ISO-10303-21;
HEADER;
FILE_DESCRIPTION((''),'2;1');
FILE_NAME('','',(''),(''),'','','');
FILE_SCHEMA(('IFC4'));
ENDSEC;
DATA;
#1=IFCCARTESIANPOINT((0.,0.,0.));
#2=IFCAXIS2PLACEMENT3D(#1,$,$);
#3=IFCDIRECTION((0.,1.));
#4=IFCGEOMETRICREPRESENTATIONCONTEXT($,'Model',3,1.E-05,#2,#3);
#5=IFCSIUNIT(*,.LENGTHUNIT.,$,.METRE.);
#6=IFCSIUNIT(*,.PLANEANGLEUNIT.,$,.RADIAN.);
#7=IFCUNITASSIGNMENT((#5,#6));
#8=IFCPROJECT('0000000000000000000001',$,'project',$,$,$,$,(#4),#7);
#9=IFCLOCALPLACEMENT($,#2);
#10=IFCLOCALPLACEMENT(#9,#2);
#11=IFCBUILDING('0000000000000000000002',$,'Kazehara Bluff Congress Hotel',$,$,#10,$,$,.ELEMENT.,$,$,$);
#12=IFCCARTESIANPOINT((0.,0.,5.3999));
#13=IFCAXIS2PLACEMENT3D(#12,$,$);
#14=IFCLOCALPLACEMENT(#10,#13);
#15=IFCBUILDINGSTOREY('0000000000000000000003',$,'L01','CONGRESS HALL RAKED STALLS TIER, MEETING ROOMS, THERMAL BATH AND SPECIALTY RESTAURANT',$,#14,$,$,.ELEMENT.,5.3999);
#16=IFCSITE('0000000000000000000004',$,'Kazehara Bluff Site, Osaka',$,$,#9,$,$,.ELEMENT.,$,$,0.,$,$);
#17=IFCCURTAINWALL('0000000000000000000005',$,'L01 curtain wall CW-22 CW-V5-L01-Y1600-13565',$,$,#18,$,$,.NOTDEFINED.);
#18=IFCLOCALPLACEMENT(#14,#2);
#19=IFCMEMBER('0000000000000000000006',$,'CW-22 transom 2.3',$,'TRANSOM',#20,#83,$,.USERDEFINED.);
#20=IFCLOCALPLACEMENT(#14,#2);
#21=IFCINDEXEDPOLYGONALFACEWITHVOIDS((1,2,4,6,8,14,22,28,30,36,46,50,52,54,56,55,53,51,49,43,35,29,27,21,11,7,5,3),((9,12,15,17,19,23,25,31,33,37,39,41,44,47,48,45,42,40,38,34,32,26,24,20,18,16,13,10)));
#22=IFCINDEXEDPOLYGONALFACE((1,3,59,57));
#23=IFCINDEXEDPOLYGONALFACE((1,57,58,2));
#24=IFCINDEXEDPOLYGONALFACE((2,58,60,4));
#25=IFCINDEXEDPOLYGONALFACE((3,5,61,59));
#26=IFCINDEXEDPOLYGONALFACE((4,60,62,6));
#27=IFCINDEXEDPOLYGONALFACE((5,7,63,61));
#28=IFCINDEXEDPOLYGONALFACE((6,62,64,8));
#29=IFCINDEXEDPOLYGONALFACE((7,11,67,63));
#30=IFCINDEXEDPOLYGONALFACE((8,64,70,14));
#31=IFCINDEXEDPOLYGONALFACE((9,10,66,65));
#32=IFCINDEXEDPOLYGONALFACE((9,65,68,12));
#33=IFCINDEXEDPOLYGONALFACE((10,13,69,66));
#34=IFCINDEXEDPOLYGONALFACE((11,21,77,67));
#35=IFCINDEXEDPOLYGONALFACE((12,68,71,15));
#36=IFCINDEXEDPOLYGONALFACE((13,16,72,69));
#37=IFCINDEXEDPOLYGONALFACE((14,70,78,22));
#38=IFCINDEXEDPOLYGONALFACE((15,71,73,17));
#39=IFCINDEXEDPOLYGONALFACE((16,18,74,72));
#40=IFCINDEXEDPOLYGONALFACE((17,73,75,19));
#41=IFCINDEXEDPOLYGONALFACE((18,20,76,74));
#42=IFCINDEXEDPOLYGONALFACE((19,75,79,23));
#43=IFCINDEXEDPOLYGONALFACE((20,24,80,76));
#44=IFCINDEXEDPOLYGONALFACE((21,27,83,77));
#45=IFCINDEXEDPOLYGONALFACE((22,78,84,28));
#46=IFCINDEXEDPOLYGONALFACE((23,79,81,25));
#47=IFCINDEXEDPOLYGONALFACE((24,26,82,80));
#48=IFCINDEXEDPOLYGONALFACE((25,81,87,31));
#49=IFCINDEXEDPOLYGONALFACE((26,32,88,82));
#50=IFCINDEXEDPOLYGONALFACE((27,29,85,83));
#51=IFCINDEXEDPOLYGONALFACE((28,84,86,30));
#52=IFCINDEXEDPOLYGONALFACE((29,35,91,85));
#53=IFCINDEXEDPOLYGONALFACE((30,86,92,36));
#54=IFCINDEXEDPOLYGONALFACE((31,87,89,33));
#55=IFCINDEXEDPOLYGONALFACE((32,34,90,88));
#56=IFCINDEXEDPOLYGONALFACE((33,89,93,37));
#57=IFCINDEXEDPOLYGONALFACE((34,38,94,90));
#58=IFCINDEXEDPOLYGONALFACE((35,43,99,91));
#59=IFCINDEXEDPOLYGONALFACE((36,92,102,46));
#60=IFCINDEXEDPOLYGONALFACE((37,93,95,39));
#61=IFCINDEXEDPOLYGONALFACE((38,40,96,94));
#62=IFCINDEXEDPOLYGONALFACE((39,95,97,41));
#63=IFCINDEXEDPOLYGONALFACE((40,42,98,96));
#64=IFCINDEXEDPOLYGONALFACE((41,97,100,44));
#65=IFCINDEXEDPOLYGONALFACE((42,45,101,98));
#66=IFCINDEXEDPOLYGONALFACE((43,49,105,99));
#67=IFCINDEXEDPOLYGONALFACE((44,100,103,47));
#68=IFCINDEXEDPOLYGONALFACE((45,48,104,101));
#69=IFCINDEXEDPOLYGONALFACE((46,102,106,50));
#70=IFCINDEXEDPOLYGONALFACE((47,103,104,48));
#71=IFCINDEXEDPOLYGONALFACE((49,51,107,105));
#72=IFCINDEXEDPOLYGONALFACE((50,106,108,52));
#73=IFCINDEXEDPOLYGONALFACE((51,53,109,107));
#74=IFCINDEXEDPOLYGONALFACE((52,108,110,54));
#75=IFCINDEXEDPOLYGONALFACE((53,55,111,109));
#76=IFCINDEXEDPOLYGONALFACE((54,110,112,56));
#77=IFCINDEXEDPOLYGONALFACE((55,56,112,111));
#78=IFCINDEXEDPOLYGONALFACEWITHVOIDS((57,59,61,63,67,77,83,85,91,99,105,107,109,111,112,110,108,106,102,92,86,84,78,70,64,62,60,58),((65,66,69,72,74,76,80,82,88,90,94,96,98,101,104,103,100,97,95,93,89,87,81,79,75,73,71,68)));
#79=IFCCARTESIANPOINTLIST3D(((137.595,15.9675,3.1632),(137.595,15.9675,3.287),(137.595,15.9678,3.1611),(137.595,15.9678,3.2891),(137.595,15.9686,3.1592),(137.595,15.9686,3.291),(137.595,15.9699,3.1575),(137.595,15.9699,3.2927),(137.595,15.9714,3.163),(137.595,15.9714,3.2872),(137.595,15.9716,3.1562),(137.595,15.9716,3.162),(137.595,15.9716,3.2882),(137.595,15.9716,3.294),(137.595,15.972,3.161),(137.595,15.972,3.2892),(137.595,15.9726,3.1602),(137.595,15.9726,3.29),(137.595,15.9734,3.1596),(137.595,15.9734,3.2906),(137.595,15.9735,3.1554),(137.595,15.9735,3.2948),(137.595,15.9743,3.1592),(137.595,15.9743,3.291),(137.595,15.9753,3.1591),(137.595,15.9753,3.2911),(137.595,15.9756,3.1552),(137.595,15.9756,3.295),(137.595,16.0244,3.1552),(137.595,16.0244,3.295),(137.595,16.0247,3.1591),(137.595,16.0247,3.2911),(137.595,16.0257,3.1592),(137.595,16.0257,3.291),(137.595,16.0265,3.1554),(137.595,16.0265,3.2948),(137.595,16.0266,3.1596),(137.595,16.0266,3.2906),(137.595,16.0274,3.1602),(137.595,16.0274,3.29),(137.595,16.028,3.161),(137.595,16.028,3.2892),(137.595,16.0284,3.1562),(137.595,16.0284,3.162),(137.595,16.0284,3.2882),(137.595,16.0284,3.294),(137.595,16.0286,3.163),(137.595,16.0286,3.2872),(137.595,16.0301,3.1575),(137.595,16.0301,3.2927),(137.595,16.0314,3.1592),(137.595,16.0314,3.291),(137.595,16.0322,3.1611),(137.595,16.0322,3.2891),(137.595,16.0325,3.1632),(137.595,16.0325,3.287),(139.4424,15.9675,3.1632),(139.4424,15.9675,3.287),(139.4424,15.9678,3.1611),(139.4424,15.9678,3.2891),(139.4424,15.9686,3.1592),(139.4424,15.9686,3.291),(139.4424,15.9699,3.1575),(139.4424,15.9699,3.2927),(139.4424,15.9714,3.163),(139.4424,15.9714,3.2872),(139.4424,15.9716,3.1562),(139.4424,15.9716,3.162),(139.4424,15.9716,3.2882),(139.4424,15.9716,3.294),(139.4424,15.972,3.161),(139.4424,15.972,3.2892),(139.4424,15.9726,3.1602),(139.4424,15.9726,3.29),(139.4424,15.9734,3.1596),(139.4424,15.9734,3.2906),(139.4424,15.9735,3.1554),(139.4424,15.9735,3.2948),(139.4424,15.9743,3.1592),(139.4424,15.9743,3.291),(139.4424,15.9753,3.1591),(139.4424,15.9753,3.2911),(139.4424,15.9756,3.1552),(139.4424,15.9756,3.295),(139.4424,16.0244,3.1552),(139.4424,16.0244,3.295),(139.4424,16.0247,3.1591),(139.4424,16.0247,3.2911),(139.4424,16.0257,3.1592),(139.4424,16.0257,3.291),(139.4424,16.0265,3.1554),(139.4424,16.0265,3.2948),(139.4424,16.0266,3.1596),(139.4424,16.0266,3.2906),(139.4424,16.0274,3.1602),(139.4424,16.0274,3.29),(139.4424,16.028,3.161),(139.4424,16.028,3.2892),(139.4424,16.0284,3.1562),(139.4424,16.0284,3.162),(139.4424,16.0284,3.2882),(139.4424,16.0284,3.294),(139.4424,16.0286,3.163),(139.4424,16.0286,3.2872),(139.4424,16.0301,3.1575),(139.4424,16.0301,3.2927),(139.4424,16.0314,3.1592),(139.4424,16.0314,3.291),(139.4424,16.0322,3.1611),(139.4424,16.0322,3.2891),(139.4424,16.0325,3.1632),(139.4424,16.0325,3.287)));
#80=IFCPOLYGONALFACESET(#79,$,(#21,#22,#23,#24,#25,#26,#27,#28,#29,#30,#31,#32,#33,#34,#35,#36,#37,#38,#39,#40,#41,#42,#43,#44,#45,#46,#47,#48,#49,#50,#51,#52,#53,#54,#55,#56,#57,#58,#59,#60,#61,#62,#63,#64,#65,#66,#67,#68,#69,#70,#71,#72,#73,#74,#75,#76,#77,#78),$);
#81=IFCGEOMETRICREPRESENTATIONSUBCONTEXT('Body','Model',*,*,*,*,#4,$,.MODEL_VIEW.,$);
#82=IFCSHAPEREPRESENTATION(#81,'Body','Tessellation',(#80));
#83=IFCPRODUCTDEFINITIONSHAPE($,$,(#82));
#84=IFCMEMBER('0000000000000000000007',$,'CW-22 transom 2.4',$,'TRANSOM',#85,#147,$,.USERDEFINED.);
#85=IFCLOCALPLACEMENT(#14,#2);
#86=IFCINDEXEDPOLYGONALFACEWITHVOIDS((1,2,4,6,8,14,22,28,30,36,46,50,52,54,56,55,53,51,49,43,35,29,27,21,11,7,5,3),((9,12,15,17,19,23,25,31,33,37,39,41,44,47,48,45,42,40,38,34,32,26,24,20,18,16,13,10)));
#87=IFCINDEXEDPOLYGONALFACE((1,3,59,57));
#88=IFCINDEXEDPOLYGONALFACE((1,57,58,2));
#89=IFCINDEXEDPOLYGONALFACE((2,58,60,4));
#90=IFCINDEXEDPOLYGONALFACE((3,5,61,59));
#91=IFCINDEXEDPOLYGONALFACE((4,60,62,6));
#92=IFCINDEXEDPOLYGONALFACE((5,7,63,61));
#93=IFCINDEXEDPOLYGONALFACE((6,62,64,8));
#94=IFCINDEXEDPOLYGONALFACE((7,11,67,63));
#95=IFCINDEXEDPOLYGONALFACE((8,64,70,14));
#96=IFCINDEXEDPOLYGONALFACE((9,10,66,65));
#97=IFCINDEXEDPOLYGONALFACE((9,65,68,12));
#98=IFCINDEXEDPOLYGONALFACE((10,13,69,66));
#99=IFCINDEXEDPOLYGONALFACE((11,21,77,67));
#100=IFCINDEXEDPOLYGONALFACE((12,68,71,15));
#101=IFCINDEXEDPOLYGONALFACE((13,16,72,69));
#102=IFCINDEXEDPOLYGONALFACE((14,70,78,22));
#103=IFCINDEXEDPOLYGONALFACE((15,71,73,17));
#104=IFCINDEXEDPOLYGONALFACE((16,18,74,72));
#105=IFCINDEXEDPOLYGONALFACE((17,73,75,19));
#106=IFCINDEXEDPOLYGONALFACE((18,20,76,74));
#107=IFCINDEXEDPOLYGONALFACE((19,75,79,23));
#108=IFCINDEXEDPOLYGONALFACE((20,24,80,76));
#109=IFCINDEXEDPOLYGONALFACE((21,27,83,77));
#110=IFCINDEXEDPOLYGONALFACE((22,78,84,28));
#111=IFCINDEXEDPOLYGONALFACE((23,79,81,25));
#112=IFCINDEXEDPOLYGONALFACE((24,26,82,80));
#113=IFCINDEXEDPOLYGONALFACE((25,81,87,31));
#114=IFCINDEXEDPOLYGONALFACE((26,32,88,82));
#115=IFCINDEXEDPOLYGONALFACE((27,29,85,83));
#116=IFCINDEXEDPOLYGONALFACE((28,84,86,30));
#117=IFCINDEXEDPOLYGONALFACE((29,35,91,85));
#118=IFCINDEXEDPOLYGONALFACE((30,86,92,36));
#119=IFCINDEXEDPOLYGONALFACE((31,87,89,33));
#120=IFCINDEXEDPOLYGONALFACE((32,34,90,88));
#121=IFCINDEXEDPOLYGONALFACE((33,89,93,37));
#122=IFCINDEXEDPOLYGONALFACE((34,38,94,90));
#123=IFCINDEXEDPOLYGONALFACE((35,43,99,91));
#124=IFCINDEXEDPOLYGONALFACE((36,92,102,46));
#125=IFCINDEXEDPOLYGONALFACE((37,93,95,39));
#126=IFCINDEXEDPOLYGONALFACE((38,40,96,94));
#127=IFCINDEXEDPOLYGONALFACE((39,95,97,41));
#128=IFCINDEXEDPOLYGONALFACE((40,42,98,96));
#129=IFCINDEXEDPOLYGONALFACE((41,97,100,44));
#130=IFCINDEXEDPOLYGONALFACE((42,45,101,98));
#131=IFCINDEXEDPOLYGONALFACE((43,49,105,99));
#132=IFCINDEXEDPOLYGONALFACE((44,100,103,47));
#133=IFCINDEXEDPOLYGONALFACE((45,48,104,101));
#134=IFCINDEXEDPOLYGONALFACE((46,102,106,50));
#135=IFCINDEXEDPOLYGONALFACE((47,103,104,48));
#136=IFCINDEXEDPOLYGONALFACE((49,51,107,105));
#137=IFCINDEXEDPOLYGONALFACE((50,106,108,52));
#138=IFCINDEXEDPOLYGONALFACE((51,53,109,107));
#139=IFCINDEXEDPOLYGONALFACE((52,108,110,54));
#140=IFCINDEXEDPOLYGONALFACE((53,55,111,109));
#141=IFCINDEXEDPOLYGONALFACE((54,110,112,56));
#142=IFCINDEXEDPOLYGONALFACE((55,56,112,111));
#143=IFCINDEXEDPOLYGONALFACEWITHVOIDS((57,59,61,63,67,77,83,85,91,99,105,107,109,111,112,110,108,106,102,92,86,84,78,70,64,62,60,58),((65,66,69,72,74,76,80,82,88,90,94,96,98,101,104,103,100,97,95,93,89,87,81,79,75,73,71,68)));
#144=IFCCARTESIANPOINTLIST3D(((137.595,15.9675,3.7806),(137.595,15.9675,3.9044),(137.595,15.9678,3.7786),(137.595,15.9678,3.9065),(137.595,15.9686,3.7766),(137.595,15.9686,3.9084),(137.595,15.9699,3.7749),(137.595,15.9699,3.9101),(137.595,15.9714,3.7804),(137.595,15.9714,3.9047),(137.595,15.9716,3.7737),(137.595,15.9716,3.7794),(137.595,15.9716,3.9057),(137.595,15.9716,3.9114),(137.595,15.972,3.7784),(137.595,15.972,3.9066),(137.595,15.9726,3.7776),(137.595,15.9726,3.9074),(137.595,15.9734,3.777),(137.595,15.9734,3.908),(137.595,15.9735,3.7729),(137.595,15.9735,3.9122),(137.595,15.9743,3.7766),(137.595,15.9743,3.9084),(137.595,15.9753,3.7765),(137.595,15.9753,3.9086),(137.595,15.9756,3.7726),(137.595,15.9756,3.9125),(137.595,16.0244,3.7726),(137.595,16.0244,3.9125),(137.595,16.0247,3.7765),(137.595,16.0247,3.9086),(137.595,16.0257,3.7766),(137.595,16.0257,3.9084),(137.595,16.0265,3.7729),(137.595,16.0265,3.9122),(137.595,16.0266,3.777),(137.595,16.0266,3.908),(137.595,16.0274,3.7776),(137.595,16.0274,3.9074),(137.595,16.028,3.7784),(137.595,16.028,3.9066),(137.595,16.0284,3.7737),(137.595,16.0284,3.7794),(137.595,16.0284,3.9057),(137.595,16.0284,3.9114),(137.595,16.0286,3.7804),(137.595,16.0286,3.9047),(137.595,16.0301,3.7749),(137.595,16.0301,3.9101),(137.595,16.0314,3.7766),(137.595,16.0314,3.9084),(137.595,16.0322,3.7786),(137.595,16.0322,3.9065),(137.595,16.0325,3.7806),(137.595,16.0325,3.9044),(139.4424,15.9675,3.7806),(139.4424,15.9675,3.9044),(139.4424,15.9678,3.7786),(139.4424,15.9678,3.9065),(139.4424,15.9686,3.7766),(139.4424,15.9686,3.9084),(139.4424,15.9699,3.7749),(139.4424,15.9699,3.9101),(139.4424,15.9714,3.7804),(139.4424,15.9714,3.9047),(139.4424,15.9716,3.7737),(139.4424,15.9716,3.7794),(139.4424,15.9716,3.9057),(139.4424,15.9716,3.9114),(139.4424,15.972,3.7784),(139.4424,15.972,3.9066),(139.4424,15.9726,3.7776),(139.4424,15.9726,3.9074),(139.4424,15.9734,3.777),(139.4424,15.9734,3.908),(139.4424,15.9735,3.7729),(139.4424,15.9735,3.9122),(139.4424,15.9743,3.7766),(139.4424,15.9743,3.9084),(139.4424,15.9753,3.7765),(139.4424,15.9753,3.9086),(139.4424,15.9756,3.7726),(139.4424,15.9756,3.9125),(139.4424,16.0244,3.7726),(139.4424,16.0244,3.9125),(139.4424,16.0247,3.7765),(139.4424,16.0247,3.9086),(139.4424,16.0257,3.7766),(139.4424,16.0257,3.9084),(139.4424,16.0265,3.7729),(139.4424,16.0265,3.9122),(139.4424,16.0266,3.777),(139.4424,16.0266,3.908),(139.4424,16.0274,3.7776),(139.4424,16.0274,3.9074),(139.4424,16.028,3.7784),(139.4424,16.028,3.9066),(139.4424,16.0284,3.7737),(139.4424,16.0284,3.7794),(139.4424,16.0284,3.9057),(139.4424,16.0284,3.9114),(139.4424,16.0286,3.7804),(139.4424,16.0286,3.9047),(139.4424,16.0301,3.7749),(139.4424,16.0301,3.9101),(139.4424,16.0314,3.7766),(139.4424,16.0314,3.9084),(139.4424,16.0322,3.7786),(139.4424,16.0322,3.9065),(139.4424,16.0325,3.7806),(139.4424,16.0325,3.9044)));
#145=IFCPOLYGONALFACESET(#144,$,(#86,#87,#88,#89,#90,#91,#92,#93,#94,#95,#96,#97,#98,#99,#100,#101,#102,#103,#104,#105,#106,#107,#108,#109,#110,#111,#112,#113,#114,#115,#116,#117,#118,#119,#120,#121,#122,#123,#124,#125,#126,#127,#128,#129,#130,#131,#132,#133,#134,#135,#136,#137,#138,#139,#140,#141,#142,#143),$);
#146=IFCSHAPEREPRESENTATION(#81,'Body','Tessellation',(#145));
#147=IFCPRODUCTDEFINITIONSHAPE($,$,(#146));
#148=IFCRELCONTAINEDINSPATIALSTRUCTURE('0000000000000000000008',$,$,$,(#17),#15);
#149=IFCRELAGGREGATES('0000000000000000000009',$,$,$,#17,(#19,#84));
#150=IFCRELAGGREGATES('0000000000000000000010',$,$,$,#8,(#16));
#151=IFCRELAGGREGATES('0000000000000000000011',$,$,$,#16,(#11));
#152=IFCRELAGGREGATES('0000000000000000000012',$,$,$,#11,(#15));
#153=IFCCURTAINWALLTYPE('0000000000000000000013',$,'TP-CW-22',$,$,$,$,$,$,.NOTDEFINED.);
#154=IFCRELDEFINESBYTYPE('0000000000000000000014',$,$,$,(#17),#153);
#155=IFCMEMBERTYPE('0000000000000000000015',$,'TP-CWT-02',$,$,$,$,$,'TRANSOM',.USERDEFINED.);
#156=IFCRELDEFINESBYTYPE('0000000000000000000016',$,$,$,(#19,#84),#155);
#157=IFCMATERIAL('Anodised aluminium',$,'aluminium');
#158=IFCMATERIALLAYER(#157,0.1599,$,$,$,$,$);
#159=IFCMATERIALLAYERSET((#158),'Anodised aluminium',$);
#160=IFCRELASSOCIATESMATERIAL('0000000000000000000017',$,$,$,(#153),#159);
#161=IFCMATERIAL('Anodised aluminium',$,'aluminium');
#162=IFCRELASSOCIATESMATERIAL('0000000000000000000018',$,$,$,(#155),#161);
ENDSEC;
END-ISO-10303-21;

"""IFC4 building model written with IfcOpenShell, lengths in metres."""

from ifc_helpers import new_model, si_unit, direction, frame, origin, origin_2d, place, context, subcontext, project, spatial, hollow_rectangle, extrude, material, layer, layer_set, material_profile, profile_set, type_object, element, aggregate, save


model = new_model("IFC4")

# Units and contexts
model_context = context("Model", 3, precision=1e-05, world=origin(), true_north=direction((0.0, 1.0)))
body_context = subcontext(model_context, "Body", "Model", "MODEL_VIEW")
ifc_project = project(units=[si_unit("LENGTHUNIT", "METRE"), si_unit("PLANEANGLEUNIT", "RADIAN")], contexts=[model_context])

# Site, building, storey
site_placement = place(None, origin())
site = spatial("IfcSite", under=ifc_project, at=site_placement, Name="Kazehara Bluff Site, Osaka", CompositionType="ELEMENT", RefElevation=0.0)
building_placement = place(site_placement, origin())
building = spatial("IfcBuilding", under=site, at=building_placement, Name="Kazehara Bluff Congress Hotel", CompositionType="ELEMENT")
storey_placement = place(building_placement, frame((0.0, 0.0, 5.3999)))
storey = spatial("IfcBuildingStorey", under=building, at=storey_placement, Name="L01", Description="CONGRESS HALL RAKED STALLS TIER, MEETING ROOMS, THERMAL BATH AND SPECIALTY RESTAURANT", CompositionType="ELEMENT", Elevation=5.3999)

# Curtain wall
ifc_material_1 = material(Name="Anodised aluminium", Category="aluminium")
ifc_layer_1 = layer(ifc_material_1, 0.1599)
ifc_layer_set_1 = layer_set([ifc_layer_1], Name="Anodised aluminium")
curtain_wall_type_1 = type_object("IfcCurtainWallType", Name="TP-CW-22", PredefinedType="NOTDEFINED", material=ifc_layer_set_1)
curtain_wall_1_placement = place(storey_placement, origin())
curtain_wall_1 = element("IfcCurtainWall", 1, at=curtain_wall_1_placement, inside=storey, type_object=curtain_wall_type_1, Name="L01 curtain wall CW-22 CW-V5-L01-Y1600-13565", PredefinedType="NOTDEFINED")

# Members
ifc_material_2 = material(Name="Anodised aluminium", Category="aluminium")
ifc_material_profile_1 = material_profile(ifc_material_2, hollow_rectangle(XDim=0.0649, YDim=0.1399, WallThickness=0.0039, InnerFilletRadius=0.0039, OuterFilletRadius=0.0081, at=origin_2d()))
ifc_profile_set_1 = profile_set([ifc_material_profile_1], Name="Anodised aluminium")
member_type_1 = type_object("IfcMemberType", Name="TP-CWT-02", ElementType="TRANSOM", PredefinedType="USERDEFINED", material=ifc_profile_set_1)
member_1_placement = place(storey_placement, frame((137.595, 16.0, 3.2251), z_axis=(1.0, 0.0, 0.0), x_axis=(0.0, 1.0, 0.0)))
member_1 = element("IfcMember", 2, at=member_1_placement, type_object=member_type_1, Name="CW-22 transom 2.3", ObjectType="TRANSOM", PredefinedType="USERDEFINED", context=body_context, shape_type="SweptSolid", body=[
    extrude(hollow_rectangle(XDim=0.0649, YDim=0.1399, WallThickness=0.0039, InnerFilletRadius=0.0039, OuterFilletRadius=0.0081, at=origin_2d()), origin(), (0.0, 0.0, 1.0), 1.8474),
])
member_2_placement = place(storey_placement, frame((137.595, 16.0, 3.8425), z_axis=(1.0, 0.0, 0.0), x_axis=(0.0, 1.0, 0.0)))
member_2 = element("IfcMember", 3, at=member_2_placement, type_object=member_type_1, Name="CW-22 transom 2.4", ObjectType="TRANSOM", PredefinedType="USERDEFINED", context=body_context, shape_type="SweptSolid", body=[
    extrude(hollow_rectangle(XDim=0.0649, YDim=0.1399, WallThickness=0.0039, InnerFilletRadius=0.0039, OuterFilletRadius=0.0081, at=origin_2d()), origin(), (0.0, 0.0, 1.0), 1.8474),
])

aggregate(curtain_wall_1, [member_1, member_2])

save(model, "model.ifc")
